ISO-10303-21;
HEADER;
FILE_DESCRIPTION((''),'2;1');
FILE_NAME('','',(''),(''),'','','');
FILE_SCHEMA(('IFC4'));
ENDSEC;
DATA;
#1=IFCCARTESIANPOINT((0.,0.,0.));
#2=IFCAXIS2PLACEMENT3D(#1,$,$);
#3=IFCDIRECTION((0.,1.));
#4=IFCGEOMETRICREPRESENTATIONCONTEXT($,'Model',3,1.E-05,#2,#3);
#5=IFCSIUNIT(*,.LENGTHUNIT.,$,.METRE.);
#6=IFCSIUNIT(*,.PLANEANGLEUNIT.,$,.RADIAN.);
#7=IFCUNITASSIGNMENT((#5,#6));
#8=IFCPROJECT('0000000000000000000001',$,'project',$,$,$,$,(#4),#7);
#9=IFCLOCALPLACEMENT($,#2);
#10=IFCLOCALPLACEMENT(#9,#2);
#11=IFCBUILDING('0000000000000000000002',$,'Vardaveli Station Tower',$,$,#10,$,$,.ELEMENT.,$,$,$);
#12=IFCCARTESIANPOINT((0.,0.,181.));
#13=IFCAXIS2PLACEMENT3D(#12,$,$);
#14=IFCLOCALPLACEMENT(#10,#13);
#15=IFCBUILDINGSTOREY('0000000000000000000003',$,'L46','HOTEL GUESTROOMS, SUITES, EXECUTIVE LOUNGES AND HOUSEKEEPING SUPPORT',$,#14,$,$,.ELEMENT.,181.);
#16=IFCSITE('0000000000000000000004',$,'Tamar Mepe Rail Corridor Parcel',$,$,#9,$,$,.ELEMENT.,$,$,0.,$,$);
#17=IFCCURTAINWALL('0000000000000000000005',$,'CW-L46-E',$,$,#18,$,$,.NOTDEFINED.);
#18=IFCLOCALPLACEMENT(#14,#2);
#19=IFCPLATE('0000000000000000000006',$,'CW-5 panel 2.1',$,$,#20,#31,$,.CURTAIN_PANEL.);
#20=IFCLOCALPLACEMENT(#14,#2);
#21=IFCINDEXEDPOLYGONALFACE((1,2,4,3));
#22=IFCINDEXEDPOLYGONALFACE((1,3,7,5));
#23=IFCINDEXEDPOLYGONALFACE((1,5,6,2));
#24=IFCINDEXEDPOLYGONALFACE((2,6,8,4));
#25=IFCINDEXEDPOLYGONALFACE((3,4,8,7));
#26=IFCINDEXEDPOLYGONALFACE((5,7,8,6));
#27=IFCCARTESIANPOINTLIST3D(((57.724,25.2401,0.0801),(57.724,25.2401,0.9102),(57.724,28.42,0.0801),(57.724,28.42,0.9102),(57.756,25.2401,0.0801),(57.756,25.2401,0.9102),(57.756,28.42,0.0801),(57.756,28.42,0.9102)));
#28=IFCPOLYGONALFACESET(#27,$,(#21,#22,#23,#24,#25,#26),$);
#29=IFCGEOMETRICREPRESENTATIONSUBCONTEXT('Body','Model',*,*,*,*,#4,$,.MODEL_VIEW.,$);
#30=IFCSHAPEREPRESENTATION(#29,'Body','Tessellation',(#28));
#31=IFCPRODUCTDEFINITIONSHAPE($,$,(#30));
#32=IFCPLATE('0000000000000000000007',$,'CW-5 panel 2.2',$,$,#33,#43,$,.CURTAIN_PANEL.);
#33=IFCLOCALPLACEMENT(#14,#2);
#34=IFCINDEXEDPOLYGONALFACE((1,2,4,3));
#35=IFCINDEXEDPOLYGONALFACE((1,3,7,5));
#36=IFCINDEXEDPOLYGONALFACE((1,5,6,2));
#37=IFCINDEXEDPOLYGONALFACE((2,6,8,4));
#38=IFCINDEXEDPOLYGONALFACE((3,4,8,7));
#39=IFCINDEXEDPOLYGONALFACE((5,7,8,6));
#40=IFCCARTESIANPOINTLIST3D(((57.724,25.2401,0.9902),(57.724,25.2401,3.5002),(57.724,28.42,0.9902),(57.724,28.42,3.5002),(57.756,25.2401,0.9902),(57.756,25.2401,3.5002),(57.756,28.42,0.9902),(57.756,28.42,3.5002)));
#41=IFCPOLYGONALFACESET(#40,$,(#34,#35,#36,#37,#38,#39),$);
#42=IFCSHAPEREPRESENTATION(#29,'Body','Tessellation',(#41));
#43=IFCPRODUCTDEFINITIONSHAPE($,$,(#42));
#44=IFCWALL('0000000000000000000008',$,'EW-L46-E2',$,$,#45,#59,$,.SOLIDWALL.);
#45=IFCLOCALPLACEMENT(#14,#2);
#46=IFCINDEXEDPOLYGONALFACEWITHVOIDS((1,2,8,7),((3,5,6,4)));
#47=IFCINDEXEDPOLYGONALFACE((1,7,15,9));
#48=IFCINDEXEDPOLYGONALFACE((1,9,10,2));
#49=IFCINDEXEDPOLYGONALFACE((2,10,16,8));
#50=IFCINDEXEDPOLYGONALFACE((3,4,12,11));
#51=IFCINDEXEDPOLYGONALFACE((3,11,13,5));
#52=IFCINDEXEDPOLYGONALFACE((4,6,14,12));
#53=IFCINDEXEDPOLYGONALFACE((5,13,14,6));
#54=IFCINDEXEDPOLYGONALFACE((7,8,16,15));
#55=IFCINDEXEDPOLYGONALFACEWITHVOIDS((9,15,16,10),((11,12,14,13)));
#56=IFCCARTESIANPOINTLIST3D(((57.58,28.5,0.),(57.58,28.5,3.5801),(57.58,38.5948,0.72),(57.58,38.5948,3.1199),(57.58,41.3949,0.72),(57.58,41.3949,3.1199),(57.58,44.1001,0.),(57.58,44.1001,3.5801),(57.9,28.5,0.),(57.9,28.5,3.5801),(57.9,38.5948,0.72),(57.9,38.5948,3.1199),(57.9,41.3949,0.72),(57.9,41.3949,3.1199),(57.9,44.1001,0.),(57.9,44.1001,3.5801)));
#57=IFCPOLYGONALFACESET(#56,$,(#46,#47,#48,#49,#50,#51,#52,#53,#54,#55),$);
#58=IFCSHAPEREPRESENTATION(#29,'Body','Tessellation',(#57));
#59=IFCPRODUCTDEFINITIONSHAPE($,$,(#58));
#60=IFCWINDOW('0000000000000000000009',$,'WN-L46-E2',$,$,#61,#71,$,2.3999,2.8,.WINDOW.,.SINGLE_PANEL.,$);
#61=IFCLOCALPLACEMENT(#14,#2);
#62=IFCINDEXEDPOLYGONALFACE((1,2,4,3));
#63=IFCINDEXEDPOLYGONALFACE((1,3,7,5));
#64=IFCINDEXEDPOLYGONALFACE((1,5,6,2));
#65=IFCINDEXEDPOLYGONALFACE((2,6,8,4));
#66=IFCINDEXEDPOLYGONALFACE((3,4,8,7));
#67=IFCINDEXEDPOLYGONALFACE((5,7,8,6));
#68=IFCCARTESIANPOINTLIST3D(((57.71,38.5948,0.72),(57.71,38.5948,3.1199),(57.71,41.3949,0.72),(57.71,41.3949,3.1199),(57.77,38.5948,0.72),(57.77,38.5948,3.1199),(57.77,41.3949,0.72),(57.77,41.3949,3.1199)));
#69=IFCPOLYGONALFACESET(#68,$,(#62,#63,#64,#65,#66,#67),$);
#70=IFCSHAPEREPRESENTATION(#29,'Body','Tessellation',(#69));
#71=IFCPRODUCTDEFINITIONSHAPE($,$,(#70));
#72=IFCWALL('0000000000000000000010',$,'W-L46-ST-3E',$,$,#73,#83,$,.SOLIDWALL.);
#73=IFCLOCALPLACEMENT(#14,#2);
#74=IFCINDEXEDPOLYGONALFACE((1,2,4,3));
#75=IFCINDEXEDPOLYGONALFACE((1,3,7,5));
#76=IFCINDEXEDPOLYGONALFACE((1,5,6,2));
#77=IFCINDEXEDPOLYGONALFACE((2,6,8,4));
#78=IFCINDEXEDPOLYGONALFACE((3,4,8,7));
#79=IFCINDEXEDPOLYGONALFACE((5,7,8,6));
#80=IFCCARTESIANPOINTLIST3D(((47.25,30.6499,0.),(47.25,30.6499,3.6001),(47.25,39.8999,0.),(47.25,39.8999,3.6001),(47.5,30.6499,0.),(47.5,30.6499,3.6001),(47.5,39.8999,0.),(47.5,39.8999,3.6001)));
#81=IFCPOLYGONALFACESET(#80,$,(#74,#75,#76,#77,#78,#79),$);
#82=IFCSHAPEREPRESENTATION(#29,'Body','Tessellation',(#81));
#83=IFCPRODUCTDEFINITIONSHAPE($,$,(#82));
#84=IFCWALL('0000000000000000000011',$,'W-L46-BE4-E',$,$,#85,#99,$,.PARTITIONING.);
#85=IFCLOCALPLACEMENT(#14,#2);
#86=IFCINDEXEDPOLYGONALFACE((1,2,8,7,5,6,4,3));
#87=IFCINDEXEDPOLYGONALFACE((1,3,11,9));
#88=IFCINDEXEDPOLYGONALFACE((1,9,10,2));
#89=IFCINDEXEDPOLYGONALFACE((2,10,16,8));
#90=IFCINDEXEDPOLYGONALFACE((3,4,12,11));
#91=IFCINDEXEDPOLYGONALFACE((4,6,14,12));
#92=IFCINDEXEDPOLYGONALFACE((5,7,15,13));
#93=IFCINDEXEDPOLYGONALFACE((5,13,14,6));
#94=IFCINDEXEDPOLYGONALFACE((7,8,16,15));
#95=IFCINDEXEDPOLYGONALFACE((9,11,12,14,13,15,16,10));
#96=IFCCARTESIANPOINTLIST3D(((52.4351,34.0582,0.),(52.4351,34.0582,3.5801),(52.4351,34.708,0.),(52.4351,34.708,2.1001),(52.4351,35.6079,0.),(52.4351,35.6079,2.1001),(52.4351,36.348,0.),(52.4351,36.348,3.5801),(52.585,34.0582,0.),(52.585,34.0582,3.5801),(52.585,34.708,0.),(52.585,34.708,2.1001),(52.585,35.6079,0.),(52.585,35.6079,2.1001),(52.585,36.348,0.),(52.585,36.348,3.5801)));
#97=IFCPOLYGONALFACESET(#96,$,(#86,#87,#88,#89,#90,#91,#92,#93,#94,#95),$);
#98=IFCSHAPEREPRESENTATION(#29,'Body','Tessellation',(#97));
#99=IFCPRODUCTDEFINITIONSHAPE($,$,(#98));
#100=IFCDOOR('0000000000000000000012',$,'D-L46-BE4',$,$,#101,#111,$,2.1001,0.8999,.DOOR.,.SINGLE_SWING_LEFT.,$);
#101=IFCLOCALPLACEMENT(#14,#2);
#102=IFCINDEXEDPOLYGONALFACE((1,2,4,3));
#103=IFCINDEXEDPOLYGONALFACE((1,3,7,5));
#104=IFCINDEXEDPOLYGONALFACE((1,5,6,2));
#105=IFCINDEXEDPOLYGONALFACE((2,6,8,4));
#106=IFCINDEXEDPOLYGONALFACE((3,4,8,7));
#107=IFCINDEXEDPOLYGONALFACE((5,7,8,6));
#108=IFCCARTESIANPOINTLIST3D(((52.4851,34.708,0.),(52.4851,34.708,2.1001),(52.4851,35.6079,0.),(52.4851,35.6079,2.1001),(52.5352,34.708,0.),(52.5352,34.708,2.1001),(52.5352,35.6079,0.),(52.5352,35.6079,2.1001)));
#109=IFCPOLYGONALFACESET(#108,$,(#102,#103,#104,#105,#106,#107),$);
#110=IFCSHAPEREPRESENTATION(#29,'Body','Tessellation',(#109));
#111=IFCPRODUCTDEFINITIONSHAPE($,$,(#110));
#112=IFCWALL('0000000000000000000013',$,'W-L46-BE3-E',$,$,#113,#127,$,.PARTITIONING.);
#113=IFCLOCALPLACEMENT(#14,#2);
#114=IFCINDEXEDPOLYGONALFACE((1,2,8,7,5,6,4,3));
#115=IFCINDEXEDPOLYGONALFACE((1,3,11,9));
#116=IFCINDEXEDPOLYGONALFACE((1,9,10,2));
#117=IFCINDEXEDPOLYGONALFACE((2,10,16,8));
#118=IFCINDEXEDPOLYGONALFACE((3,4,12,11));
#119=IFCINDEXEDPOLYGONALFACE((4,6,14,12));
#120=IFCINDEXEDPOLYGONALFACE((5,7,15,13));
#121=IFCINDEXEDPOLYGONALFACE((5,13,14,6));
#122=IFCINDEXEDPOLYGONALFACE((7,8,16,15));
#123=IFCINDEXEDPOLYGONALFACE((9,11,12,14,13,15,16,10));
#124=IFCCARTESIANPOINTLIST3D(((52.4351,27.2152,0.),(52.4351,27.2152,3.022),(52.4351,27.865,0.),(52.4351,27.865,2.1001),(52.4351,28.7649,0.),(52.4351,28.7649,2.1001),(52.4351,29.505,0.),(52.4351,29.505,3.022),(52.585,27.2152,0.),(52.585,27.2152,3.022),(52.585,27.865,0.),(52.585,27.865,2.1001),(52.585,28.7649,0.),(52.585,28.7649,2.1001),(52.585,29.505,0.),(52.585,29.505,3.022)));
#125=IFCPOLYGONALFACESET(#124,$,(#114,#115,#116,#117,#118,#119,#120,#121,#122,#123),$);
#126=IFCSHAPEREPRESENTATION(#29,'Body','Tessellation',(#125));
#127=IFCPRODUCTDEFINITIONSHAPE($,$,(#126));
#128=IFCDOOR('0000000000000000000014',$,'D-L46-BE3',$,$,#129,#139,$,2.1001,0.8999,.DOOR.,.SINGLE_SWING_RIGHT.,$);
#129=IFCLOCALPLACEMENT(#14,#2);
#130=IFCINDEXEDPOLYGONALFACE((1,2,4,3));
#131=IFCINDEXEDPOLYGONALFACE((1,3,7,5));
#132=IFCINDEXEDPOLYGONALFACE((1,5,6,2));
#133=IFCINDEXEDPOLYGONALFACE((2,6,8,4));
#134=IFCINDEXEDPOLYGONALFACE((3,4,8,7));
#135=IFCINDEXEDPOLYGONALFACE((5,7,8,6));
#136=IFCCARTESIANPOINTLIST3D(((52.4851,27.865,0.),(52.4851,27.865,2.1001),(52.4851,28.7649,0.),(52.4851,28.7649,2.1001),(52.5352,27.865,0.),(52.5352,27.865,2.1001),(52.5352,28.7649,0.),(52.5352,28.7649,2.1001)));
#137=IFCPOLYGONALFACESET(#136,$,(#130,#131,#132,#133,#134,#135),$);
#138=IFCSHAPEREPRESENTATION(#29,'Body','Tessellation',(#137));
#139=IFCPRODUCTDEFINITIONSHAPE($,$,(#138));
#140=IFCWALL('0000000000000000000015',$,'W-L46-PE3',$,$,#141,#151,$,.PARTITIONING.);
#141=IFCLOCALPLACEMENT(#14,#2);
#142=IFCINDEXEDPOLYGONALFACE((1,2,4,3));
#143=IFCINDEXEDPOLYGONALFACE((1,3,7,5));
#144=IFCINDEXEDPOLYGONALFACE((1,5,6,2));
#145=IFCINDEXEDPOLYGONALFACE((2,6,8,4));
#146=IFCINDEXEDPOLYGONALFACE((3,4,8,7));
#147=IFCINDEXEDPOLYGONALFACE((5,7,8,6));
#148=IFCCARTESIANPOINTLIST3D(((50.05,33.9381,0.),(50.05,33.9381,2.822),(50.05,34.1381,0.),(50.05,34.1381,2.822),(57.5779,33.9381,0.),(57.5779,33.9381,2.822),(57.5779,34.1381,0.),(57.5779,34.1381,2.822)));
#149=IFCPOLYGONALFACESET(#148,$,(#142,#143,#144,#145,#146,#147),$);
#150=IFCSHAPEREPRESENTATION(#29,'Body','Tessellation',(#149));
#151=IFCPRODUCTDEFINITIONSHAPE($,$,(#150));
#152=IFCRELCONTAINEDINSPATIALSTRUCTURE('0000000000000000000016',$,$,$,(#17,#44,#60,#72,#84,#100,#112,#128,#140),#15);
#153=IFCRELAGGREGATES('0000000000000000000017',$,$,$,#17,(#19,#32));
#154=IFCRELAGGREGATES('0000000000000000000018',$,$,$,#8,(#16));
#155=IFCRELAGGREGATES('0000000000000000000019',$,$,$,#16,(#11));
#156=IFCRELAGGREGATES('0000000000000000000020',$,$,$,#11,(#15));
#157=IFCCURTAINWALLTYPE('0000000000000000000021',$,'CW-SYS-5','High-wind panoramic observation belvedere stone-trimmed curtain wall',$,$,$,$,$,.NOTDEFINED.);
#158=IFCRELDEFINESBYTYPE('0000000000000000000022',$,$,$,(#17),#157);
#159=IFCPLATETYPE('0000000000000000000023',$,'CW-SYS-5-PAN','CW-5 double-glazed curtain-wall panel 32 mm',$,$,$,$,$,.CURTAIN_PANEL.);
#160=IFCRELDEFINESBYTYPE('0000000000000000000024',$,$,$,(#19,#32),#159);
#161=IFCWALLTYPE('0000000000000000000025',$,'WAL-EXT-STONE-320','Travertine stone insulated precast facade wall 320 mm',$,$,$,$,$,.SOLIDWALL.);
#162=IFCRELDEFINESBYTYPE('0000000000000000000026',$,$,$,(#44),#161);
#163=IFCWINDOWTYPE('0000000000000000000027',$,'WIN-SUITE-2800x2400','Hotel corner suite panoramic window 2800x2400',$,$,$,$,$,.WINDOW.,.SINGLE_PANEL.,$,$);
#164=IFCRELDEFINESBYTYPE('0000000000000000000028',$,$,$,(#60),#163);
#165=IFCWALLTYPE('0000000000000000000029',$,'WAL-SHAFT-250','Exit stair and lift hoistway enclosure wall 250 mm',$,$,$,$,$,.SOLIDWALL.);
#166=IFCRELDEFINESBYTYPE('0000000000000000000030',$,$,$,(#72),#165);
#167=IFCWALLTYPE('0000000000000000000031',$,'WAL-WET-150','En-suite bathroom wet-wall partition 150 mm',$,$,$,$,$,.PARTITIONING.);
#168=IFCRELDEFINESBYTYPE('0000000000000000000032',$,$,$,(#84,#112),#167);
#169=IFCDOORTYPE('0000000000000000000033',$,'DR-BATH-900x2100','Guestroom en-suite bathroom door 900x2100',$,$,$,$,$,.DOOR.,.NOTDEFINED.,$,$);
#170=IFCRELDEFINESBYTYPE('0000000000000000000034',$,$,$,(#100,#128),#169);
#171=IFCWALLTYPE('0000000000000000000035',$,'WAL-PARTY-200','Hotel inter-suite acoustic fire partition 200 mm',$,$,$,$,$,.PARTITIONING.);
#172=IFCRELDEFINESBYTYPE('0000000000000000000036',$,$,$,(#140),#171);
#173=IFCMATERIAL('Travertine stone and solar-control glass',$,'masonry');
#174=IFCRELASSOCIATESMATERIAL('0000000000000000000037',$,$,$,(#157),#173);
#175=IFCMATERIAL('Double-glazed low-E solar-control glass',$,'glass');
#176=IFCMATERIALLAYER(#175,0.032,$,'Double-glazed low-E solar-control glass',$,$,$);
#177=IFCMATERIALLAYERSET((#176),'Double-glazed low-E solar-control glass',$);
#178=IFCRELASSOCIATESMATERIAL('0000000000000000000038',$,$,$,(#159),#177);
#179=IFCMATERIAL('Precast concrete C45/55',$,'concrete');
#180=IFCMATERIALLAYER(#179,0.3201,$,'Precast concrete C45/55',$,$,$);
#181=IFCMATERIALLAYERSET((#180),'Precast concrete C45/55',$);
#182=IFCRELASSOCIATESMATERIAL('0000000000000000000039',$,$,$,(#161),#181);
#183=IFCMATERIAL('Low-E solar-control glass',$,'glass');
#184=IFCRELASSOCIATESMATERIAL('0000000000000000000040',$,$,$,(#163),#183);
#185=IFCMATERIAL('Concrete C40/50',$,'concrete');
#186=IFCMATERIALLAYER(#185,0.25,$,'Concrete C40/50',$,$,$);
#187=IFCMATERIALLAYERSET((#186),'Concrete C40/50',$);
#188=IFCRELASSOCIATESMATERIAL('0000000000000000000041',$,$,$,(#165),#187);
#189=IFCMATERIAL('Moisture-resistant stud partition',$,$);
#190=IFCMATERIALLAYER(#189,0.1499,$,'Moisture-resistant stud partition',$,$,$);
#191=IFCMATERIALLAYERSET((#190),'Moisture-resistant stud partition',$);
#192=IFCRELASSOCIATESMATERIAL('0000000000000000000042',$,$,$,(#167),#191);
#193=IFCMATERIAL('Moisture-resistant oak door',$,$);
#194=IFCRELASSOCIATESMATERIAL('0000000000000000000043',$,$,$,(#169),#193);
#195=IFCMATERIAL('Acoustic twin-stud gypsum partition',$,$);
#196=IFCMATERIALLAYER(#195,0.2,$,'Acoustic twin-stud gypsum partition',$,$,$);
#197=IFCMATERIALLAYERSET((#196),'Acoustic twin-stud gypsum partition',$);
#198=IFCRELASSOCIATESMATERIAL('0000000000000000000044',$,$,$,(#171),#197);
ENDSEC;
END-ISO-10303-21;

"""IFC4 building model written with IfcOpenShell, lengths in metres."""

from ifc_helpers import new_model, si_unit, direction, frame, frame_2d, origin, origin_2d, place, context, subcontext, project, spatial, rectangle, extrude, source, transform, mapped, material, layer, layer_set, type_object, element, fill, aggregate, save


model = new_model("IFC4")

# Units and contexts
model_context = context("Model", 3, precision=1e-05, world=origin(), true_north=direction((0.0, 1.0)))
body_context = subcontext(model_context, "Body", "Model", "MODEL_VIEW")
ifc_project = project(units=[si_unit("LENGTHUNIT", "METRE"), si_unit("PLANEANGLEUNIT", "RADIAN")], contexts=[model_context])

# Site, building, storey
site_placement = place(None, origin())
site = spatial("IfcSite", under=ifc_project, at=site_placement, Name="Tamar Mepe Rail Corridor Parcel", CompositionType="ELEMENT", RefElevation=0.0)
building_placement = place(site_placement, origin())
building = spatial("IfcBuilding", under=site, at=building_placement, Name="Vardaveli Station Tower", CompositionType="ELEMENT")
storey_placement = place(building_placement, frame((0.0, 0.0, 181.0)))
storey = spatial("IfcBuildingStorey", under=building, at=storey_placement, Name="L46", Description="HOTEL GUESTROOMS, SUITES, EXECUTIVE LOUNGES AND HOUSEKEEPING SUPPORT", CompositionType="ELEMENT", Elevation=181.0)

# Shared definitions
ifc_material_1 = material(Name="Precast concrete C45/55", Category="concrete")

# Curtain wall, plates
ifc_material_2 = material(Name="Travertine stone and solar-control glass", Category="masonry")
curtain_wall_type = type_object("IfcCurtainWallType", Name="CW-SYS-5", Description="High-wind panoramic observation belvedere stone-trimmed curtain wall", PredefinedType="NOTDEFINED", material=ifc_material_2)
curtain_wall_placement = place(storey_placement, origin())
curtain_wall = element("IfcCurtainWall", 1, at=curtain_wall_placement, inside=storey, type_object=curtain_wall_type, Name="CW-L46-E", PredefinedType="NOTDEFINED")
ifc_material_3 = material(Name="Double-glazed low-E solar-control glass", Category="glass")
ifc_layer_1 = layer(ifc_material_3, 0.032, Name="Double-glazed low-E solar-control glass")
ifc_layer_set_1 = layer_set([ifc_layer_1], Name="Double-glazed low-E solar-control glass")
plate_type = type_object("IfcPlateType", Name="CW-SYS-5-PAN", Description="CW-5 double-glazed curtain-wall panel 32 mm", PredefinedType="CURTAIN_PANEL", material=ifc_layer_set_1)
shared_shape_1 = source(origin(), body_context, "Body", "SweptSolid", [
    extrude(rectangle(XDim=3.1799, YDim=0.032, at=origin_2d()), origin(), (0.0, 0.0, 1.0), 0.8301),
])
plate_1_placement = place(storey_placement, frame((57.74, 26.8301, 0.0801), z_axis=(0.0, 0.0, 1.0), x_axis=(0.0, 1.0, 0.0)))
plate_1 = element("IfcPlate", 2, at=plate_1_placement, type_object=plate_type, Name="CW-5 panel 2.1", PredefinedType="CURTAIN_PANEL", context=body_context, shape_type="MappedRepresentation", body=[
    mapped(shared_shape_1, transform((0.0, 0.0, 0.0), scale=1.0)),
])
shared_shape_2 = source(origin(), body_context, "Body", "SweptSolid", [
    extrude(rectangle(XDim=3.1799, YDim=0.032, at=origin_2d()), origin(), (0.0, 0.0, 1.0), 2.51),
])
plate_2_placement = place(storey_placement, frame((57.74, 26.8301, 0.9902), z_axis=(0.0, 0.0, 1.0), x_axis=(0.0, 1.0, 0.0)))
plate_2 = element("IfcPlate", 3, at=plate_2_placement, type_object=plate_type, Name="CW-5 panel 2.2", PredefinedType="CURTAIN_PANEL", context=body_context, shape_type="MappedRepresentation", body=[
    mapped(shared_shape_2, transform((0.0, 0.0, 0.0), scale=1.0)),
])
aggregate(curtain_wall, [plate_1, plate_2])

# Wall, opening, window
ifc_layer_2 = layer(ifc_material_1, 0.3201, Name="Precast concrete C45/55")
ifc_layer_set_2 = layer_set([ifc_layer_2], Name="Precast concrete C45/55")
wall_type_1 = type_object("IfcWallType", Name="WAL-EXT-STONE-320", Description="Travertine stone insulated precast facade wall 320 mm", PredefinedType="SOLIDWALL", material=ifc_layer_set_2)
shared_shape_3 = source(origin(), body_context, "Body", "SweptSolid", [
    extrude(rectangle(XDim=15.6001, YDim=0.3201, at=frame_2d((7.8, 0.0))), origin(), (0.0, 0.0, 1.0), 3.5801),
])
wall_1_placement = place(storey_placement, frame((57.74, 28.5, 0.0), z_axis=(0.0, 0.0, 1.0), x_axis=(0.0, 1.0, 0.0)))
wall_1 = element("IfcWall", 4, at=wall_1_placement, inside=storey, type_object=wall_type_1, Name="EW-L46-E2", PredefinedType="SOLIDWALL", context=body_context, shape_type="MappedRepresentation", body=[
    mapped(shared_shape_3, transform((0.0, 0.0, 0.0), scale=1.0)),
])
shared_shape_4 = source(origin(), body_context, "Body", "SweptSolid", [
    extrude(rectangle(XDim=2.8, YDim=2.3999, at=frame_2d((1.3999, 1.2))), frame((0.0, 0.1699, 0.0), z_axis=(0.0, -1.0, 0.0), x_axis=(1.0, 0.0, 0.0)), (0.0, 0.0, 1.0), 0.3401),
])
opening_1_placement = place(wall_1_placement, frame((10.095, 0.0, 0.72)))
opening_1 = element("IfcOpeningElement", 5, at=opening_1_placement, cuts=wall_1, PredefinedType="OPENING", context=body_context, shape_type="MappedRepresentation", body=[
    mapped(shared_shape_4, transform((0.0, 0.0, 0.0), scale=1.0)),
])
ifc_material_4 = material(Name="Low-E solar-control glass", Category="glass")
window_type = type_object("IfcWindowType", Name="WIN-SUITE-2800x2400", Description="Hotel corner suite panoramic window 2800x2400", PartitioningType="SINGLE_PANEL", PredefinedType="WINDOW", material=ifc_material_4)
shared_shape_5 = source(origin(), body_context, "Body", "SweptSolid", [
    extrude(rectangle(XDim=2.8, YDim=2.3999, at=frame_2d((1.3999, 1.2))), frame((0.0, 0.03, 0.0), z_axis=(0.0, -1.0, 0.0), x_axis=(1.0, 0.0, 0.0)), (0.0, 0.0, 1.0), 0.0601),
])
window_placement = place(opening_1_placement, origin())
window = element("IfcWindow", 6, at=window_placement, inside=storey, type_object=window_type, Name="WN-L46-E2", OverallHeight=2.3999, OverallWidth=2.8, PartitioningType="SINGLE_PANEL", PredefinedType="WINDOW", context=body_context, shape_type="MappedRepresentation", body=[
    mapped(shared_shape_5, transform((0.0, 0.0, 0.0), scale=1.0)),
])
fill(opening_1, window)

# Wall
ifc_material_5 = material(Name="Concrete C40/50", Category="concrete")
ifc_layer_3 = layer(ifc_material_5, 0.25, Name="Concrete C40/50")
ifc_layer_set_3 = layer_set([ifc_layer_3], Name="Concrete C40/50")
wall_type_2 = type_object("IfcWallType", Name="WAL-SHAFT-250", Description="Exit stair and lift hoistway enclosure wall 250 mm", PredefinedType="SOLIDWALL", material=ifc_layer_set_3)
shared_shape_6 = source(origin(), body_context, "Body", "SweptSolid", [
    extrude(rectangle(XDim=9.25, YDim=0.25, at=frame_2d((4.625, 0.0))), origin(), (0.0, 0.0, 1.0), 3.6001),
])
wall_2_placement = place(storey_placement, frame((47.375, 30.6499, 0.0), z_axis=(0.0, 0.0, 1.0), x_axis=(0.0, 1.0, 0.0)))
element("IfcWall", 7, at=wall_2_placement, inside=storey, type_object=wall_type_2, Name="W-L46-ST-3E", PredefinedType="SOLIDWALL", context=body_context, shape_type="MappedRepresentation", body=[
    mapped(shared_shape_6, transform((0.0, 0.0, 0.0), scale=1.0)),
])

# Walls, openings, doors
ifc_material_6 = material(Name="Moisture-resistant stud partition")
ifc_layer_4 = layer(ifc_material_6, 0.1499, Name="Moisture-resistant stud partition")
ifc_layer_set_4 = layer_set([ifc_layer_4], Name="Moisture-resistant stud partition")
wall_type_3 = type_object("IfcWallType", Name="WAL-WET-150", Description="En-suite bathroom wet-wall partition 150 mm", PredefinedType="PARTITIONING", material=ifc_layer_set_4)
shared_shape_7 = source(origin(), body_context, "Body", "SweptSolid", [
    extrude(rectangle(XDim=2.2898, YDim=0.1499, at=frame_2d((1.145, 0.0))), origin(), (0.0, 0.0, 1.0), 3.5801),
])
wall_3_placement = place(storey_placement, frame((52.51, 34.0581, 0.0), z_axis=(0.0, 0.0, 1.0), x_axis=(0.0, 1.0, 0.0)))
wall_3 = element("IfcWall", 8, at=wall_3_placement, inside=storey, type_object=wall_type_3, Name="W-L46-BE4-E", PredefinedType="PARTITIONING", context=body_context, shape_type="MappedRepresentation", body=[
    mapped(shared_shape_7, transform((0.0, 0.0, 0.0), scale=1.0)),
])
shared_shape_8 = source(origin(), body_context, "Body", "SweptSolid", [
    extrude(rectangle(XDim=0.8999, YDim=2.1001, at=frame_2d((0.45, 1.05))), frame((0.0, 0.085, 0.0), z_axis=(0.0, -1.0, 0.0), x_axis=(1.0, 0.0, 0.0)), (0.0, 0.0, 1.0), 0.1699),
])
opening_2_placement = place(wall_3_placement, frame((0.6499, 0.0, 0.0)))
opening_2 = element("IfcOpeningElement", 9, at=opening_2_placement, cuts=wall_3, PredefinedType="OPENING", context=body_context, shape_type="MappedRepresentation", body=[
    mapped(shared_shape_8, transform((0.0, 0.0, 0.0), scale=1.0)),
])
ifc_material_7 = material(Name="Moisture-resistant oak door")
door_type = type_object("IfcDoorType", Name="DR-BATH-900x2100", Description="Guestroom en-suite bathroom door 900x2100", OperationType="NOTDEFINED", PredefinedType="DOOR", material=ifc_material_7)
shared_shape_9 = source(origin(), body_context, "Body", "SweptSolid", [
    extrude(rectangle(XDim=0.8999, YDim=2.1001, at=frame_2d((0.45, 1.05))), frame((0.0, 0.0249, 0.0), z_axis=(0.0, -1.0, 0.0), x_axis=(1.0, 0.0, 0.0)), (0.0, 0.0, 1.0), 0.05),
])
door_1_placement = place(opening_2_placement, origin())
door_1 = element("IfcDoor", 10, at=door_1_placement, inside=storey, type_object=door_type, Name="D-L46-BE4", OperationType="SINGLE_SWING_LEFT", OverallHeight=2.1001, OverallWidth=0.8999, PredefinedType="DOOR", context=body_context, shape_type="MappedRepresentation", body=[
    mapped(shared_shape_9, transform((0.0, 0.0, 0.0), scale=1.0)),
])
fill(opening_2, door_1)
shared_shape_10 = source(origin(), body_context, "Body", "SweptSolid", [
    extrude(rectangle(XDim=2.2898, YDim=0.1499, at=frame_2d((1.145, 0.0))), origin(), (0.0, 0.0, 1.0), 3.022),
])
wall_4_placement = place(storey_placement, frame((52.51, 27.2151, 0.0), z_axis=(0.0, 0.0, 1.0), x_axis=(0.0, 1.0, 0.0)))
wall_4 = element("IfcWall", 11, at=wall_4_placement, inside=storey, type_object=wall_type_3, Name="W-L46-BE3-E", PredefinedType="PARTITIONING", context=body_context, shape_type="MappedRepresentation", body=[
    mapped(shared_shape_10, transform((0.0, 0.0, 0.0), scale=1.0)),
])
opening_3_placement = place(wall_4_placement, frame((0.6499, 0.0, 0.0)))
opening_3 = element("IfcOpeningElement", 12, at=opening_3_placement, cuts=wall_4, PredefinedType="OPENING", context=body_context, shape_type="MappedRepresentation", body=[
    mapped(shared_shape_8, transform((0.0, 0.0, 0.0), scale=1.0)),
])
door_2_placement = place(opening_3_placement, origin())
door_2 = element("IfcDoor", 13, at=door_2_placement, inside=storey, type_object=door_type, Name="D-L46-BE3", OperationType="SINGLE_SWING_RIGHT", OverallHeight=2.1001, OverallWidth=0.8999, PredefinedType="DOOR", context=body_context, shape_type="MappedRepresentation", body=[
    mapped(shared_shape_9, transform((0.0, 0.0, 0.0), scale=1.0)),
])
fill(opening_3, door_2)

# Wall
ifc_material_8 = material(Name="Acoustic twin-stud gypsum partition")
ifc_layer_5 = layer(ifc_material_8, 0.2, Name="Acoustic twin-stud gypsum partition")
ifc_layer_set_5 = layer_set([ifc_layer_5], Name="Acoustic twin-stud gypsum partition")
wall_type_4 = type_object("IfcWallType", Name="WAL-PARTY-200", Description="Hotel inter-suite acoustic fire partition 200 mm", PredefinedType="PARTITIONING", material=ifc_layer_set_5)
shared_shape_11 = source(origin(), body_context, "Body", "SweptSolid", [
    extrude(rectangle(XDim=7.5278, YDim=0.2, at=frame_2d((3.7639, 0.0))), origin(), (0.0, 0.0, 1.0), 2.822),
])
wall_5_placement = place(storey_placement, frame((50.05, 34.0381, 0.0), z_axis=(0.0, 0.0, 1.0), x_axis=(1.0, 0.0, 0.0)))
element("IfcWall", 14, at=wall_5_placement, inside=storey, type_object=wall_type_4, Name="W-L46-PE3", PredefinedType="PARTITIONING", context=body_context, shape_type="MappedRepresentation", body=[
    mapped(shared_shape_11, transform((0.0, 0.0, 0.0), scale=1.0)),
])

save(model, "model.ifc")
